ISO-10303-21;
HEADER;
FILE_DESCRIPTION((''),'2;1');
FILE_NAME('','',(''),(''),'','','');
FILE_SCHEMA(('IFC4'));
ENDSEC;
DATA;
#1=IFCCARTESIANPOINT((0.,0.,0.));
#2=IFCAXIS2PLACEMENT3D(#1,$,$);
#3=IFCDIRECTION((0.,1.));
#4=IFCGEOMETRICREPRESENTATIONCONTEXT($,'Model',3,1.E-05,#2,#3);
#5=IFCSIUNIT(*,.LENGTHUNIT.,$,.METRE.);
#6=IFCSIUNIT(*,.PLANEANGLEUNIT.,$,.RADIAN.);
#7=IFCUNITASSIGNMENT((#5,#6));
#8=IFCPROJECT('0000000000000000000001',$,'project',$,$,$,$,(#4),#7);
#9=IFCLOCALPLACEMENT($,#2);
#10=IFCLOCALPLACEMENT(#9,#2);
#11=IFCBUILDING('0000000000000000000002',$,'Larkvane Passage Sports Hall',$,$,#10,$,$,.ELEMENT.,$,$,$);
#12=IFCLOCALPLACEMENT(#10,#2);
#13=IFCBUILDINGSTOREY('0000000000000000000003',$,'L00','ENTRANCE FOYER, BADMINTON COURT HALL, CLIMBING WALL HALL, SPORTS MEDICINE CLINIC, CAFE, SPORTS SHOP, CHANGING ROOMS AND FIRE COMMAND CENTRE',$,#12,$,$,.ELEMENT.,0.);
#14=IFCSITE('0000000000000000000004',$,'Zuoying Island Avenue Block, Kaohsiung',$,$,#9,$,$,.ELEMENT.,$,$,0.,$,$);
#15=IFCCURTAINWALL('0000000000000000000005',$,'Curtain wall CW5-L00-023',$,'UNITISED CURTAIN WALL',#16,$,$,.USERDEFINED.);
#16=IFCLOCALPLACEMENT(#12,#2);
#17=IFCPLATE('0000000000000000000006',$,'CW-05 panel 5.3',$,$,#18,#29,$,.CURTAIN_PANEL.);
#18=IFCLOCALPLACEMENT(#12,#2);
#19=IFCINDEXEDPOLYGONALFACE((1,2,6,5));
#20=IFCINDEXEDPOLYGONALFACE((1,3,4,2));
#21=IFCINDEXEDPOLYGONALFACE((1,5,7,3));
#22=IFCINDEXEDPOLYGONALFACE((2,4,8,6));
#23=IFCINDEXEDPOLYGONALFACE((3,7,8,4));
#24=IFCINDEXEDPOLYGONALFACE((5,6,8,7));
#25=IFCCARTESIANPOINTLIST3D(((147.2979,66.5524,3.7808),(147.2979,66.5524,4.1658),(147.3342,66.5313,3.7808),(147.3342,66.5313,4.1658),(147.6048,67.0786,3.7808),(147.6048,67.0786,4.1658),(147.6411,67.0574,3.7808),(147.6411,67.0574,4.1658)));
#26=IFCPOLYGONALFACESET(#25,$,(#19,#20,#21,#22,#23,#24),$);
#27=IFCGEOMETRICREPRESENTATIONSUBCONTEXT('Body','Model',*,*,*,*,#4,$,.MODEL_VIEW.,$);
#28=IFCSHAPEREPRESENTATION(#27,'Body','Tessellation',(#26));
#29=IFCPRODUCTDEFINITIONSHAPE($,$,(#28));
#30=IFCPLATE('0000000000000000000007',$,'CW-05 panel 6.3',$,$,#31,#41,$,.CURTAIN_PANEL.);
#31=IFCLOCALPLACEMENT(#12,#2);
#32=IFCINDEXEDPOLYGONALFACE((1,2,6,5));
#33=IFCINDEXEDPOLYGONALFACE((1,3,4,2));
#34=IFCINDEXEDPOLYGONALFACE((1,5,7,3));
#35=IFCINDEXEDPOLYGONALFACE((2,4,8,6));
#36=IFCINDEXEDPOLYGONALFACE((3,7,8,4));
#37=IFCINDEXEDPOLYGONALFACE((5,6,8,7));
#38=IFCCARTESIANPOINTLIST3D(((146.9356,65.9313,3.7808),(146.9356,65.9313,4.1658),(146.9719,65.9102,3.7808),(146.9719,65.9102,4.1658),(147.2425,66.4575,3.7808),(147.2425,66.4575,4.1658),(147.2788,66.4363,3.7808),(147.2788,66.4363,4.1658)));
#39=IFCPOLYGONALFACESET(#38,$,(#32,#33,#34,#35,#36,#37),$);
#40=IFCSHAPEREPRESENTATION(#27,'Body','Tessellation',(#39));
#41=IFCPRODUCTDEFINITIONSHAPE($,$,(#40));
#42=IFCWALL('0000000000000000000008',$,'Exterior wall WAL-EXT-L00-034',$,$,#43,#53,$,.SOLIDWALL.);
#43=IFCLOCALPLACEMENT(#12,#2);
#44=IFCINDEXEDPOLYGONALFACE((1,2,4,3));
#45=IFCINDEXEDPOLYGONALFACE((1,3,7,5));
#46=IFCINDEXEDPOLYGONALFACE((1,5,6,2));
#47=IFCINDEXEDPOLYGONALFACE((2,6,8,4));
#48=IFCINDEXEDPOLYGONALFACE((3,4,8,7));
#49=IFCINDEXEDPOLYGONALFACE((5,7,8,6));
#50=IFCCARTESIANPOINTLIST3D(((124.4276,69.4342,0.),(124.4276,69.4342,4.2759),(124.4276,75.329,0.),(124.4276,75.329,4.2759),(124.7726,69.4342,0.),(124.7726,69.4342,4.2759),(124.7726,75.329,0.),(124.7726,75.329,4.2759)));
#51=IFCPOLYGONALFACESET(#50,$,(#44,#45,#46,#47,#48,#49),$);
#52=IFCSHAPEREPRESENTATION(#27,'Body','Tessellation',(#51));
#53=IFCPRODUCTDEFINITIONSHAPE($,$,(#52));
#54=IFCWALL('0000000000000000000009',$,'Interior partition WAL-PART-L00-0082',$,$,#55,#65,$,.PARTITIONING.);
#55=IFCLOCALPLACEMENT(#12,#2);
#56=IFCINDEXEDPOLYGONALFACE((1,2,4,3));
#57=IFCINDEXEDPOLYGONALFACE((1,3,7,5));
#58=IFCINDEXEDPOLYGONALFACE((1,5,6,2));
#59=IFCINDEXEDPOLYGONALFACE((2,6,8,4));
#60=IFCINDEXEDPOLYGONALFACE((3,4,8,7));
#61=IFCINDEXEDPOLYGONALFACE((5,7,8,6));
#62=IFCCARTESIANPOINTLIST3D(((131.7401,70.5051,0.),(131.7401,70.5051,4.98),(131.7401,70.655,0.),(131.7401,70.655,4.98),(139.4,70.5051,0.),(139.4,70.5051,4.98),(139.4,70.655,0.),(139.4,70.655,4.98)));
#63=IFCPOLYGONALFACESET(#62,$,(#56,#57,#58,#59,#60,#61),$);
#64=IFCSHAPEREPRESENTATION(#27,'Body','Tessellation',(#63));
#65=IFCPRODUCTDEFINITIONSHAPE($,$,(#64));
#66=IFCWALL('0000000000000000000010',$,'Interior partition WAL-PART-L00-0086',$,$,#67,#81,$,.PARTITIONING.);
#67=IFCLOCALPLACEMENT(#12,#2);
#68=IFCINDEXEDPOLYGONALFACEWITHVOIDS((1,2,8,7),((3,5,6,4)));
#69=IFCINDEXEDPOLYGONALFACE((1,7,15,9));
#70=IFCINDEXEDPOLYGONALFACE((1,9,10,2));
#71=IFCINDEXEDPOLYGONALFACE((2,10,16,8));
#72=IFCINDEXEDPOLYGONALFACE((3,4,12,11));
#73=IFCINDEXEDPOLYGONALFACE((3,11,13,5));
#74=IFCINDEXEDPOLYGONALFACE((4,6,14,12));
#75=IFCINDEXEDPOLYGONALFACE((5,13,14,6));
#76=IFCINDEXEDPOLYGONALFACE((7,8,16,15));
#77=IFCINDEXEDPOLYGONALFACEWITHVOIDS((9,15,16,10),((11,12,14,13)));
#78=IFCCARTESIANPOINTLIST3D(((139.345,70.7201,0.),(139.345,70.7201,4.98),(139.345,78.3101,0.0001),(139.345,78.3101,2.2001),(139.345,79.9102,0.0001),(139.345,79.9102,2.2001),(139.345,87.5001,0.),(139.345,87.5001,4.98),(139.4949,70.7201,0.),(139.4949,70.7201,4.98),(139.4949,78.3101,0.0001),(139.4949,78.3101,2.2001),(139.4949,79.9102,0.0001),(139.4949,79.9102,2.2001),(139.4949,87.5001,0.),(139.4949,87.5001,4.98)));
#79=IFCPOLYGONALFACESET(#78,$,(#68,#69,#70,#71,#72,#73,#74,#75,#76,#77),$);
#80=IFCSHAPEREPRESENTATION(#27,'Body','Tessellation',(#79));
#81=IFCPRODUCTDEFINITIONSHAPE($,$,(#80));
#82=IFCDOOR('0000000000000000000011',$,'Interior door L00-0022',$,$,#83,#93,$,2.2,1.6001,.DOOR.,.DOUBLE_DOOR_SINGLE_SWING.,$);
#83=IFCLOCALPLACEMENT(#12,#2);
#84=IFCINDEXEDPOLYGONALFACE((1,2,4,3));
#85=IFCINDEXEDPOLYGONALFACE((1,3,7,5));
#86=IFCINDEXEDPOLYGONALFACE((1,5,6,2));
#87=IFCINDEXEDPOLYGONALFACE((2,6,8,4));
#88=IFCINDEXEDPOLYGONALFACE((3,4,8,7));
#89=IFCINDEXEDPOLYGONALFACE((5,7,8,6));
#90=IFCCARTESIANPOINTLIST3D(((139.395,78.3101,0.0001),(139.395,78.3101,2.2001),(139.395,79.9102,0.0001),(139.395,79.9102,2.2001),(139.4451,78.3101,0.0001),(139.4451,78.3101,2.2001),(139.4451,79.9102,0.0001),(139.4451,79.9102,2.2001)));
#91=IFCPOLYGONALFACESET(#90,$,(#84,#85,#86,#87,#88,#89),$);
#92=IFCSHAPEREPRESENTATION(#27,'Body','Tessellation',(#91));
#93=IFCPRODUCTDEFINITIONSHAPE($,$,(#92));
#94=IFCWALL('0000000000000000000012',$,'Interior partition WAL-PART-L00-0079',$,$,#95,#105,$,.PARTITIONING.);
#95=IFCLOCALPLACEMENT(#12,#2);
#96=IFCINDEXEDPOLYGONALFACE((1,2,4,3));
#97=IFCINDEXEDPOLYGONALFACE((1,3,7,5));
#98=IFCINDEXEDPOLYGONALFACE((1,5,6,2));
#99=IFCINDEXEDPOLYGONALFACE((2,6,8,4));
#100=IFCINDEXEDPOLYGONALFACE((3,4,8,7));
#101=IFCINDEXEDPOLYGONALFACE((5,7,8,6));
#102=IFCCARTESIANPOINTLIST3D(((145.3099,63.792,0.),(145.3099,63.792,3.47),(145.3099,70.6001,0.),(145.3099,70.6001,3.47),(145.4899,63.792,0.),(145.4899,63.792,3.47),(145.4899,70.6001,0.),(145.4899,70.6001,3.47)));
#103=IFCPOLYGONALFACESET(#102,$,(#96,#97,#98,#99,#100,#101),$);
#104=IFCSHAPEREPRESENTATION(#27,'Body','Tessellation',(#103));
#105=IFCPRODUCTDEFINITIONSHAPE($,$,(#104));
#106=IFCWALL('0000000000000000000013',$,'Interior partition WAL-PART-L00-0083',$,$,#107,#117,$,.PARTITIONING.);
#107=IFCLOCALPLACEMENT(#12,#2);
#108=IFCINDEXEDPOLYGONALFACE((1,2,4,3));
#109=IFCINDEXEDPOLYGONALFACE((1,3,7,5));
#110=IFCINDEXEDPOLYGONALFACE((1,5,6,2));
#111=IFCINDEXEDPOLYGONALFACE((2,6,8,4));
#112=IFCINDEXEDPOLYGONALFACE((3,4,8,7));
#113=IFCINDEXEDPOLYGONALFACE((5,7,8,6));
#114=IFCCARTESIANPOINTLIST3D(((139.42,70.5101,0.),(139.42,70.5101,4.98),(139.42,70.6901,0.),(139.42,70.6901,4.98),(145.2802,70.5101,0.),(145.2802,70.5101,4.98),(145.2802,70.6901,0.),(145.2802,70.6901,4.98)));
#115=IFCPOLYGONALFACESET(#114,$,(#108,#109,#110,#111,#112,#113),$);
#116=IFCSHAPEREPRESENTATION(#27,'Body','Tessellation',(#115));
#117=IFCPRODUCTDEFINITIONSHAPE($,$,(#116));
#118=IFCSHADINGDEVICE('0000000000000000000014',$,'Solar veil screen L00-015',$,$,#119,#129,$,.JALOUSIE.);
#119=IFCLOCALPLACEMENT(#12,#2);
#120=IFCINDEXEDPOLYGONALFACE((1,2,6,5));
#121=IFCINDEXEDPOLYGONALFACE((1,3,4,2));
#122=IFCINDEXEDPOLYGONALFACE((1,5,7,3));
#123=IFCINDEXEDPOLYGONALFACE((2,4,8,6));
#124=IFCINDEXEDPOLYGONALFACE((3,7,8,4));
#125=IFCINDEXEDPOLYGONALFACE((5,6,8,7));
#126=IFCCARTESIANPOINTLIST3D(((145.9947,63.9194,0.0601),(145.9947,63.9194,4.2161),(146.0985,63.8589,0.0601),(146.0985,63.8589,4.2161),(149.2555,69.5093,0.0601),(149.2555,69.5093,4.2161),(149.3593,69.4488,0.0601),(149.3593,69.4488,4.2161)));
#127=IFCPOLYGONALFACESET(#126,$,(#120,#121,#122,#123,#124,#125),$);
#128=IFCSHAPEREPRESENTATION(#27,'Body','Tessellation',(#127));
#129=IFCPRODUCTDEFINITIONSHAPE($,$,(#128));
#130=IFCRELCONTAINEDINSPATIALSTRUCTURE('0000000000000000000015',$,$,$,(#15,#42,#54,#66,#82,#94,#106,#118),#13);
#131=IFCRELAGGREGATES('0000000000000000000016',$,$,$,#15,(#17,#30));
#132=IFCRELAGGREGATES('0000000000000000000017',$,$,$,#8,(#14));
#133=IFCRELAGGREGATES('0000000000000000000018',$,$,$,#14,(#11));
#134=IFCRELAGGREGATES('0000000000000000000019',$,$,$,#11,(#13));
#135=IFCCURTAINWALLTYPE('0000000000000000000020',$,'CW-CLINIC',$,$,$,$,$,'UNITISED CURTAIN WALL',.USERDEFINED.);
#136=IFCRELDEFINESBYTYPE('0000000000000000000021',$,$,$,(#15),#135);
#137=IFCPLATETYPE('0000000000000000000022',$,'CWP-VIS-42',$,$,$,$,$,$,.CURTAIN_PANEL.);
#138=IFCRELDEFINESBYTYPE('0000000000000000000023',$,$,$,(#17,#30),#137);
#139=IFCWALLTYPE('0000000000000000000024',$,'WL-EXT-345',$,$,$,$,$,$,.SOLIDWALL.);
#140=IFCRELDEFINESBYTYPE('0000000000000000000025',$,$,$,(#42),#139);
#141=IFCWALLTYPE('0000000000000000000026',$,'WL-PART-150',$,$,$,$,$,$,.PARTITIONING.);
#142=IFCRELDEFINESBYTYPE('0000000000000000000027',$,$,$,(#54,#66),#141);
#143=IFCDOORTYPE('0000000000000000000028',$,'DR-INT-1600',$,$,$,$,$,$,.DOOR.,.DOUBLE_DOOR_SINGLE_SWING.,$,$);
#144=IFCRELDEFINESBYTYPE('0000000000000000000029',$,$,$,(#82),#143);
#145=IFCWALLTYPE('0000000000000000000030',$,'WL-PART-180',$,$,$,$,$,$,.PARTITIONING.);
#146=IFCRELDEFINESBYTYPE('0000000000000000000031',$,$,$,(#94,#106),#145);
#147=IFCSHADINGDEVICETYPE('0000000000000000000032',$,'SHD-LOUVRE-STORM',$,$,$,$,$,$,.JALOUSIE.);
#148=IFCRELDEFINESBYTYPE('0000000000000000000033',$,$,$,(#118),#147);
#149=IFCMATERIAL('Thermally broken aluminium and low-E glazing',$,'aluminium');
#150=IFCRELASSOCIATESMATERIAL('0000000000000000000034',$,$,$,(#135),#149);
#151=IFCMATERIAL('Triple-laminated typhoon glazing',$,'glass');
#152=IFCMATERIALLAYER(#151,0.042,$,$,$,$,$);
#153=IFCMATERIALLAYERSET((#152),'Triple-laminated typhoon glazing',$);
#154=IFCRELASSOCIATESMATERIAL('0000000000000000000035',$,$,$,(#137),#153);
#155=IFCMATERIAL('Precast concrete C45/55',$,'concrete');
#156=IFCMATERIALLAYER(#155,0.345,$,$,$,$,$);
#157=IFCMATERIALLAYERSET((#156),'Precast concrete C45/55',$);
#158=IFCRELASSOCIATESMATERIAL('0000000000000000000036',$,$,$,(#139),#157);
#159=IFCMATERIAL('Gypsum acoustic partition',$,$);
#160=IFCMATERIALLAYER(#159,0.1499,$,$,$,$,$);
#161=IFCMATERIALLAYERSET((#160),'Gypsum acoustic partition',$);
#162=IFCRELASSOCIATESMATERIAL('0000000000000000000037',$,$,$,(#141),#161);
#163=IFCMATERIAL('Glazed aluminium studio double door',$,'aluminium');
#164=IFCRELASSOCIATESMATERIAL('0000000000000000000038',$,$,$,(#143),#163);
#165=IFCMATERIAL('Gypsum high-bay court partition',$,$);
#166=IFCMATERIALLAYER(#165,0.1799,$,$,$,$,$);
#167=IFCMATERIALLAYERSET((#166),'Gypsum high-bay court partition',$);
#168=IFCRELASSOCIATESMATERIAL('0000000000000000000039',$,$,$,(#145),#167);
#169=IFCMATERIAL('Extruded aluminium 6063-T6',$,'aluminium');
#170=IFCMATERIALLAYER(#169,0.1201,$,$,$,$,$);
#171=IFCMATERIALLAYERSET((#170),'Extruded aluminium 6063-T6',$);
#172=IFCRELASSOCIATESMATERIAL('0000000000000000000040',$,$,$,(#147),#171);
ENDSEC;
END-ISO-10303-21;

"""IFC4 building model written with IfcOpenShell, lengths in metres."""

from ifc_helpers import new_model, si_unit, direction, frame, frame_2d, origin, origin_2d, place, context, subcontext, project, spatial, rectangle, extrude, material, layer, layer_set, type_object, element, fill, aggregate, save


model = new_model("IFC4")

# Units and contexts
model_context = context("Model", 3, precision=1e-05, world=origin(), true_north=direction((0.0, 1.0)))
body_context = subcontext(model_context, "Body", "Model", "MODEL_VIEW")
ifc_project = project(units=[si_unit("LENGTHUNIT", "METRE"), si_unit("PLANEANGLEUNIT", "RADIAN")], contexts=[model_context])

# Site, building, storey
site_placement = place(None, origin())
site = spatial("IfcSite", under=ifc_project, at=site_placement, Name="Zuoying Island Avenue Block, Kaohsiung", CompositionType="ELEMENT", RefElevation=0.0)
building_placement = place(site_placement, origin())
building = spatial("IfcBuilding", under=site, at=building_placement, Name="Larkvane Passage Sports Hall", CompositionType="ELEMENT")
storey_placement = place(building_placement, origin())
storey = spatial("IfcBuildingStorey", under=building, at=storey_placement, Name="L00", Description="ENTRANCE FOYER, BADMINTON COURT HALL, CLIMBING WALL HALL, SPORTS MEDICINE CLINIC, CAFE, SPORTS SHOP, CHANGING ROOMS AND FIRE COMMAND CENTRE", CompositionType="ELEMENT", Elevation=0.0)

# Curtain wall, plates
ifc_material_1 = material(Name="Thermally broken aluminium and low-E glazing", Category="aluminium")
curtain_wall_type = type_object("IfcCurtainWallType", Name="CW-CLINIC", ElementType="UNITISED CURTAIN WALL", PredefinedType="USERDEFINED", material=ifc_material_1)
curtain_wall_placement = place(storey_placement, origin())
curtain_wall = element("IfcCurtainWall", 1, at=curtain_wall_placement, inside=storey, type_object=curtain_wall_type, Name="Curtain wall CW5-L00-023", ObjectType="UNITISED CURTAIN WALL", PredefinedType="USERDEFINED")
ifc_material_2 = material(Name="Triple-laminated typhoon glazing", Category="glass")
ifc_layer_1 = layer(ifc_material_2, 0.042)
ifc_layer_set_1 = layer_set([ifc_layer_1], Name="Triple-laminated typhoon glazing")
plate_type_1 = type_object("IfcPlateType", Name="CWP-VIS-42", PredefinedType="CURTAIN_PANEL", material=ifc_layer_set_1)
plate_1_placement = place(storey_placement, frame((147.4695, 66.8049, 3.7808), z_axis=(0.0, 0.0, 1.0), x_axis=(-0.503867, -0.863781, 0.0)))
plate_1 = element("IfcPlate", 2, at=plate_1_placement, type_object=plate_type_1, Name="CW-05 panel 5.3", PredefinedType="CURTAIN_PANEL", context=body_context, shape_type="SweptSolid", body=[
    extrude(rectangle(XDim=0.6091, YDim=0.042, at=origin_2d()), origin(), (0.0, 0.0, 1.0), 0.385),
])
plate_2_placement = place(storey_placement, frame((147.1072, 66.1838, 3.7808), z_axis=(0.0, 0.0, 1.0), x_axis=(-0.503867, -0.863781, 0.0)))
plate_2 = element("IfcPlate", 3, at=plate_2_placement, type_object=plate_type_1, Name="CW-05 panel 6.3", PredefinedType="CURTAIN_PANEL", context=body_context, shape_type="SweptSolid", body=[
    extrude(rectangle(XDim=0.6091, YDim=0.042, at=origin_2d()), origin(), (0.0, 0.0, 1.0), 0.385),
])
aggregate(curtain_wall, [plate_1, plate_2])

# Walls
ifc_material_3 = material(Name="Precast concrete C45/55", Category="concrete")
ifc_layer_2 = layer(ifc_material_3, 0.345)
ifc_layer_set_2 = layer_set([ifc_layer_2], Name="Precast concrete C45/55")
wall_type_1 = type_object("IfcWallType", Name="WL-EXT-345", PredefinedType="SOLIDWALL", material=ifc_layer_set_2)
wall_1_placement = place(storey_placement, frame((124.6001, 69.4343, 0.0), z_axis=(0.0, 0.0, 1.0), x_axis=(0.0, 1.0, 0.0)))
element("IfcWall", 4, at=wall_1_placement, inside=storey, type_object=wall_type_1, Name="Exterior wall WAL-EXT-L00-034", PredefinedType="SOLIDWALL", context=body_context, shape_type="SweptSolid", body=[
    extrude(rectangle(XDim=5.8948, YDim=0.345, at=frame_2d((2.9473, 0.0))), origin(), (0.0, 0.0, 1.0), 4.2759),
])
ifc_material_4 = material(Name="Gypsum acoustic partition")
ifc_layer_3 = layer(ifc_material_4, 0.1499)
ifc_layer_set_3 = layer_set([ifc_layer_3], Name="Gypsum acoustic partition")
wall_type_2 = type_object("IfcWallType", Name="WL-PART-150", PredefinedType="PARTITIONING", material=ifc_layer_set_3)
wall_2_placement = place(storey_placement, frame((131.74, 70.5801, 0.0), z_axis=(0.0, 0.0, 1.0), x_axis=(1.0, 0.0, 0.0)))
element("IfcWall", 5, at=wall_2_placement, inside=storey, type_object=wall_type_2, Name="Interior partition WAL-PART-L00-0082", PredefinedType="PARTITIONING", context=body_context, shape_type="SweptSolid", body=[
    extrude(rectangle(XDim=7.6599, YDim=0.1499, at=frame_2d((3.8301, 0.0))), origin(), (0.0, 0.0, 1.0), 4.98),
])

# Wall, opening, door
wall_3_placement = place(storey_placement, frame((139.4199, 70.72, 0.0), z_axis=(0.0, 0.0, 1.0), x_axis=(0.0, 1.0, 0.0)))
wall_3 = element("IfcWall", 6, at=wall_3_placement, inside=storey, type_object=wall_type_2, Name="Interior partition WAL-PART-L00-0086", PredefinedType="PARTITIONING", context=body_context, shape_type="SweptSolid", body=[
    extrude(rectangle(XDim=16.78, YDim=0.1499, at=frame_2d((8.3901, 0.0))), origin(), (0.0, 0.0, 1.0), 4.98),
])
opening_placement = place(wall_3_placement, frame((7.5901, 0.0, 0.0)))
opening = element("IfcOpeningElement", 7, at=opening_placement, cuts=wall_3, PredefinedType="OPENING", context=body_context, shape_type="SweptSolid", body=[
    extrude(rectangle(XDim=1.6001, YDim=2.2, at=frame_2d((0.8, 1.1001))), frame((0.0, 0.085, 0.0), z_axis=(0.0, -1.0, 0.0), x_axis=(1.0, 0.0, 0.0)), (0.0, 0.0, 1.0), 0.1699),
])
ifc_material_5 = material(Name="Glazed aluminium studio double door", Category="aluminium")
door_type = type_object("IfcDoorType", Name="DR-INT-1600", OperationType="DOUBLE_DOOR_SINGLE_SWING", PredefinedType="DOOR", material=ifc_material_5)
door_placement = place(opening_placement, origin())
door = element("IfcDoor", 8, at=door_placement, inside=storey, type_object=door_type, Name="Interior door L00-0022", OperationType="DOUBLE_DOOR_SINGLE_SWING", OverallHeight=2.2, OverallWidth=1.6001, PredefinedType="DOOR", context=body_context, shape_type="SweptSolid", body=[
    extrude(rectangle(XDim=1.6001, YDim=2.2, at=frame_2d((0.8, 1.1001))), frame((0.0, 0.0249, 0.0), z_axis=(0.0, -1.0, 0.0), x_axis=(1.0, 0.0, 0.0)), (0.0, 0.0, 1.0), 0.05),
])
fill(opening, door)

# Walls
ifc_material_6 = material(Name="Gypsum high-bay court partition")
ifc_layer_4 = layer(ifc_material_6, 0.1799)
ifc_layer_set_4 = layer_set([ifc_layer_4], Name="Gypsum high-bay court partition")
wall_type_3 = type_object("IfcWallType", Name="WL-PART-180", PredefinedType="PARTITIONING", material=ifc_layer_set_4)
wall_4_placement = place(storey_placement, frame((145.3999, 70.6001, 0.0), z_axis=(0.0, 0.0, 1.0), x_axis=(0.0, -1.0, 0.0)))
element("IfcWall", 9, at=wall_4_placement, inside=storey, type_object=wall_type_3, Name="Interior partition WAL-PART-L00-0079", PredefinedType="PARTITIONING", context=body_context, shape_type="SweptSolid", body=[
    extrude(rectangle(XDim=6.8081, YDim=0.1799, at=frame_2d((3.4041, 0.0))), origin(), (0.0, 0.0, 1.0), 3.47),
])
wall_5_placement = place(storey_placement, frame((139.4199, 70.6001, 0.0), z_axis=(0.0, 0.0, 1.0), x_axis=(1.0, 0.0, 0.0)))
element("IfcWall", 10, at=wall_5_placement, inside=storey, type_object=wall_type_3, Name="Interior partition WAL-PART-L00-0083", PredefinedType="PARTITIONING", context=body_context, shape_type="SweptSolid", body=[
    extrude(rectangle(XDim=5.8601, YDim=0.1799, at=frame_2d((2.9302, 0.0))), origin(), (0.0, 0.0, 1.0), 4.98),
])

# Shading device
ifc_material_7 = material(Name="Extruded aluminium 6063-T6", Category="aluminium")
ifc_layer_5 = layer(ifc_material_7, 0.1201)
ifc_layer_set_5 = layer_set([ifc_layer_5], Name="Extruded aluminium 6063-T6")
shading_device_type = type_object("IfcShadingDeviceType", Name="SHD-LOUVRE-STORM", PredefinedType="JALOUSIE", material=ifc_layer_set_5)
shading_device_placement = place(storey_placement, frame((147.677, 66.6841, 0.0601), z_axis=(0.0, 0.0, 1.0), x_axis=(-0.503871, -0.863779, 0.0)))
element("IfcShadingDevice", 11, at=shading_device_placement, inside=storey, type_object=shading_device_type, Name="Solar veil screen L00-015", PredefinedType="JALOUSIE", context=body_context, shape_type="SweptSolid", body=[
    extrude(rectangle(XDim=6.4714, YDim=0.1201, at=origin_2d()), origin(), (0.0, 0.0, 1.0), 4.156),
])

save(model, "model.ifc")
